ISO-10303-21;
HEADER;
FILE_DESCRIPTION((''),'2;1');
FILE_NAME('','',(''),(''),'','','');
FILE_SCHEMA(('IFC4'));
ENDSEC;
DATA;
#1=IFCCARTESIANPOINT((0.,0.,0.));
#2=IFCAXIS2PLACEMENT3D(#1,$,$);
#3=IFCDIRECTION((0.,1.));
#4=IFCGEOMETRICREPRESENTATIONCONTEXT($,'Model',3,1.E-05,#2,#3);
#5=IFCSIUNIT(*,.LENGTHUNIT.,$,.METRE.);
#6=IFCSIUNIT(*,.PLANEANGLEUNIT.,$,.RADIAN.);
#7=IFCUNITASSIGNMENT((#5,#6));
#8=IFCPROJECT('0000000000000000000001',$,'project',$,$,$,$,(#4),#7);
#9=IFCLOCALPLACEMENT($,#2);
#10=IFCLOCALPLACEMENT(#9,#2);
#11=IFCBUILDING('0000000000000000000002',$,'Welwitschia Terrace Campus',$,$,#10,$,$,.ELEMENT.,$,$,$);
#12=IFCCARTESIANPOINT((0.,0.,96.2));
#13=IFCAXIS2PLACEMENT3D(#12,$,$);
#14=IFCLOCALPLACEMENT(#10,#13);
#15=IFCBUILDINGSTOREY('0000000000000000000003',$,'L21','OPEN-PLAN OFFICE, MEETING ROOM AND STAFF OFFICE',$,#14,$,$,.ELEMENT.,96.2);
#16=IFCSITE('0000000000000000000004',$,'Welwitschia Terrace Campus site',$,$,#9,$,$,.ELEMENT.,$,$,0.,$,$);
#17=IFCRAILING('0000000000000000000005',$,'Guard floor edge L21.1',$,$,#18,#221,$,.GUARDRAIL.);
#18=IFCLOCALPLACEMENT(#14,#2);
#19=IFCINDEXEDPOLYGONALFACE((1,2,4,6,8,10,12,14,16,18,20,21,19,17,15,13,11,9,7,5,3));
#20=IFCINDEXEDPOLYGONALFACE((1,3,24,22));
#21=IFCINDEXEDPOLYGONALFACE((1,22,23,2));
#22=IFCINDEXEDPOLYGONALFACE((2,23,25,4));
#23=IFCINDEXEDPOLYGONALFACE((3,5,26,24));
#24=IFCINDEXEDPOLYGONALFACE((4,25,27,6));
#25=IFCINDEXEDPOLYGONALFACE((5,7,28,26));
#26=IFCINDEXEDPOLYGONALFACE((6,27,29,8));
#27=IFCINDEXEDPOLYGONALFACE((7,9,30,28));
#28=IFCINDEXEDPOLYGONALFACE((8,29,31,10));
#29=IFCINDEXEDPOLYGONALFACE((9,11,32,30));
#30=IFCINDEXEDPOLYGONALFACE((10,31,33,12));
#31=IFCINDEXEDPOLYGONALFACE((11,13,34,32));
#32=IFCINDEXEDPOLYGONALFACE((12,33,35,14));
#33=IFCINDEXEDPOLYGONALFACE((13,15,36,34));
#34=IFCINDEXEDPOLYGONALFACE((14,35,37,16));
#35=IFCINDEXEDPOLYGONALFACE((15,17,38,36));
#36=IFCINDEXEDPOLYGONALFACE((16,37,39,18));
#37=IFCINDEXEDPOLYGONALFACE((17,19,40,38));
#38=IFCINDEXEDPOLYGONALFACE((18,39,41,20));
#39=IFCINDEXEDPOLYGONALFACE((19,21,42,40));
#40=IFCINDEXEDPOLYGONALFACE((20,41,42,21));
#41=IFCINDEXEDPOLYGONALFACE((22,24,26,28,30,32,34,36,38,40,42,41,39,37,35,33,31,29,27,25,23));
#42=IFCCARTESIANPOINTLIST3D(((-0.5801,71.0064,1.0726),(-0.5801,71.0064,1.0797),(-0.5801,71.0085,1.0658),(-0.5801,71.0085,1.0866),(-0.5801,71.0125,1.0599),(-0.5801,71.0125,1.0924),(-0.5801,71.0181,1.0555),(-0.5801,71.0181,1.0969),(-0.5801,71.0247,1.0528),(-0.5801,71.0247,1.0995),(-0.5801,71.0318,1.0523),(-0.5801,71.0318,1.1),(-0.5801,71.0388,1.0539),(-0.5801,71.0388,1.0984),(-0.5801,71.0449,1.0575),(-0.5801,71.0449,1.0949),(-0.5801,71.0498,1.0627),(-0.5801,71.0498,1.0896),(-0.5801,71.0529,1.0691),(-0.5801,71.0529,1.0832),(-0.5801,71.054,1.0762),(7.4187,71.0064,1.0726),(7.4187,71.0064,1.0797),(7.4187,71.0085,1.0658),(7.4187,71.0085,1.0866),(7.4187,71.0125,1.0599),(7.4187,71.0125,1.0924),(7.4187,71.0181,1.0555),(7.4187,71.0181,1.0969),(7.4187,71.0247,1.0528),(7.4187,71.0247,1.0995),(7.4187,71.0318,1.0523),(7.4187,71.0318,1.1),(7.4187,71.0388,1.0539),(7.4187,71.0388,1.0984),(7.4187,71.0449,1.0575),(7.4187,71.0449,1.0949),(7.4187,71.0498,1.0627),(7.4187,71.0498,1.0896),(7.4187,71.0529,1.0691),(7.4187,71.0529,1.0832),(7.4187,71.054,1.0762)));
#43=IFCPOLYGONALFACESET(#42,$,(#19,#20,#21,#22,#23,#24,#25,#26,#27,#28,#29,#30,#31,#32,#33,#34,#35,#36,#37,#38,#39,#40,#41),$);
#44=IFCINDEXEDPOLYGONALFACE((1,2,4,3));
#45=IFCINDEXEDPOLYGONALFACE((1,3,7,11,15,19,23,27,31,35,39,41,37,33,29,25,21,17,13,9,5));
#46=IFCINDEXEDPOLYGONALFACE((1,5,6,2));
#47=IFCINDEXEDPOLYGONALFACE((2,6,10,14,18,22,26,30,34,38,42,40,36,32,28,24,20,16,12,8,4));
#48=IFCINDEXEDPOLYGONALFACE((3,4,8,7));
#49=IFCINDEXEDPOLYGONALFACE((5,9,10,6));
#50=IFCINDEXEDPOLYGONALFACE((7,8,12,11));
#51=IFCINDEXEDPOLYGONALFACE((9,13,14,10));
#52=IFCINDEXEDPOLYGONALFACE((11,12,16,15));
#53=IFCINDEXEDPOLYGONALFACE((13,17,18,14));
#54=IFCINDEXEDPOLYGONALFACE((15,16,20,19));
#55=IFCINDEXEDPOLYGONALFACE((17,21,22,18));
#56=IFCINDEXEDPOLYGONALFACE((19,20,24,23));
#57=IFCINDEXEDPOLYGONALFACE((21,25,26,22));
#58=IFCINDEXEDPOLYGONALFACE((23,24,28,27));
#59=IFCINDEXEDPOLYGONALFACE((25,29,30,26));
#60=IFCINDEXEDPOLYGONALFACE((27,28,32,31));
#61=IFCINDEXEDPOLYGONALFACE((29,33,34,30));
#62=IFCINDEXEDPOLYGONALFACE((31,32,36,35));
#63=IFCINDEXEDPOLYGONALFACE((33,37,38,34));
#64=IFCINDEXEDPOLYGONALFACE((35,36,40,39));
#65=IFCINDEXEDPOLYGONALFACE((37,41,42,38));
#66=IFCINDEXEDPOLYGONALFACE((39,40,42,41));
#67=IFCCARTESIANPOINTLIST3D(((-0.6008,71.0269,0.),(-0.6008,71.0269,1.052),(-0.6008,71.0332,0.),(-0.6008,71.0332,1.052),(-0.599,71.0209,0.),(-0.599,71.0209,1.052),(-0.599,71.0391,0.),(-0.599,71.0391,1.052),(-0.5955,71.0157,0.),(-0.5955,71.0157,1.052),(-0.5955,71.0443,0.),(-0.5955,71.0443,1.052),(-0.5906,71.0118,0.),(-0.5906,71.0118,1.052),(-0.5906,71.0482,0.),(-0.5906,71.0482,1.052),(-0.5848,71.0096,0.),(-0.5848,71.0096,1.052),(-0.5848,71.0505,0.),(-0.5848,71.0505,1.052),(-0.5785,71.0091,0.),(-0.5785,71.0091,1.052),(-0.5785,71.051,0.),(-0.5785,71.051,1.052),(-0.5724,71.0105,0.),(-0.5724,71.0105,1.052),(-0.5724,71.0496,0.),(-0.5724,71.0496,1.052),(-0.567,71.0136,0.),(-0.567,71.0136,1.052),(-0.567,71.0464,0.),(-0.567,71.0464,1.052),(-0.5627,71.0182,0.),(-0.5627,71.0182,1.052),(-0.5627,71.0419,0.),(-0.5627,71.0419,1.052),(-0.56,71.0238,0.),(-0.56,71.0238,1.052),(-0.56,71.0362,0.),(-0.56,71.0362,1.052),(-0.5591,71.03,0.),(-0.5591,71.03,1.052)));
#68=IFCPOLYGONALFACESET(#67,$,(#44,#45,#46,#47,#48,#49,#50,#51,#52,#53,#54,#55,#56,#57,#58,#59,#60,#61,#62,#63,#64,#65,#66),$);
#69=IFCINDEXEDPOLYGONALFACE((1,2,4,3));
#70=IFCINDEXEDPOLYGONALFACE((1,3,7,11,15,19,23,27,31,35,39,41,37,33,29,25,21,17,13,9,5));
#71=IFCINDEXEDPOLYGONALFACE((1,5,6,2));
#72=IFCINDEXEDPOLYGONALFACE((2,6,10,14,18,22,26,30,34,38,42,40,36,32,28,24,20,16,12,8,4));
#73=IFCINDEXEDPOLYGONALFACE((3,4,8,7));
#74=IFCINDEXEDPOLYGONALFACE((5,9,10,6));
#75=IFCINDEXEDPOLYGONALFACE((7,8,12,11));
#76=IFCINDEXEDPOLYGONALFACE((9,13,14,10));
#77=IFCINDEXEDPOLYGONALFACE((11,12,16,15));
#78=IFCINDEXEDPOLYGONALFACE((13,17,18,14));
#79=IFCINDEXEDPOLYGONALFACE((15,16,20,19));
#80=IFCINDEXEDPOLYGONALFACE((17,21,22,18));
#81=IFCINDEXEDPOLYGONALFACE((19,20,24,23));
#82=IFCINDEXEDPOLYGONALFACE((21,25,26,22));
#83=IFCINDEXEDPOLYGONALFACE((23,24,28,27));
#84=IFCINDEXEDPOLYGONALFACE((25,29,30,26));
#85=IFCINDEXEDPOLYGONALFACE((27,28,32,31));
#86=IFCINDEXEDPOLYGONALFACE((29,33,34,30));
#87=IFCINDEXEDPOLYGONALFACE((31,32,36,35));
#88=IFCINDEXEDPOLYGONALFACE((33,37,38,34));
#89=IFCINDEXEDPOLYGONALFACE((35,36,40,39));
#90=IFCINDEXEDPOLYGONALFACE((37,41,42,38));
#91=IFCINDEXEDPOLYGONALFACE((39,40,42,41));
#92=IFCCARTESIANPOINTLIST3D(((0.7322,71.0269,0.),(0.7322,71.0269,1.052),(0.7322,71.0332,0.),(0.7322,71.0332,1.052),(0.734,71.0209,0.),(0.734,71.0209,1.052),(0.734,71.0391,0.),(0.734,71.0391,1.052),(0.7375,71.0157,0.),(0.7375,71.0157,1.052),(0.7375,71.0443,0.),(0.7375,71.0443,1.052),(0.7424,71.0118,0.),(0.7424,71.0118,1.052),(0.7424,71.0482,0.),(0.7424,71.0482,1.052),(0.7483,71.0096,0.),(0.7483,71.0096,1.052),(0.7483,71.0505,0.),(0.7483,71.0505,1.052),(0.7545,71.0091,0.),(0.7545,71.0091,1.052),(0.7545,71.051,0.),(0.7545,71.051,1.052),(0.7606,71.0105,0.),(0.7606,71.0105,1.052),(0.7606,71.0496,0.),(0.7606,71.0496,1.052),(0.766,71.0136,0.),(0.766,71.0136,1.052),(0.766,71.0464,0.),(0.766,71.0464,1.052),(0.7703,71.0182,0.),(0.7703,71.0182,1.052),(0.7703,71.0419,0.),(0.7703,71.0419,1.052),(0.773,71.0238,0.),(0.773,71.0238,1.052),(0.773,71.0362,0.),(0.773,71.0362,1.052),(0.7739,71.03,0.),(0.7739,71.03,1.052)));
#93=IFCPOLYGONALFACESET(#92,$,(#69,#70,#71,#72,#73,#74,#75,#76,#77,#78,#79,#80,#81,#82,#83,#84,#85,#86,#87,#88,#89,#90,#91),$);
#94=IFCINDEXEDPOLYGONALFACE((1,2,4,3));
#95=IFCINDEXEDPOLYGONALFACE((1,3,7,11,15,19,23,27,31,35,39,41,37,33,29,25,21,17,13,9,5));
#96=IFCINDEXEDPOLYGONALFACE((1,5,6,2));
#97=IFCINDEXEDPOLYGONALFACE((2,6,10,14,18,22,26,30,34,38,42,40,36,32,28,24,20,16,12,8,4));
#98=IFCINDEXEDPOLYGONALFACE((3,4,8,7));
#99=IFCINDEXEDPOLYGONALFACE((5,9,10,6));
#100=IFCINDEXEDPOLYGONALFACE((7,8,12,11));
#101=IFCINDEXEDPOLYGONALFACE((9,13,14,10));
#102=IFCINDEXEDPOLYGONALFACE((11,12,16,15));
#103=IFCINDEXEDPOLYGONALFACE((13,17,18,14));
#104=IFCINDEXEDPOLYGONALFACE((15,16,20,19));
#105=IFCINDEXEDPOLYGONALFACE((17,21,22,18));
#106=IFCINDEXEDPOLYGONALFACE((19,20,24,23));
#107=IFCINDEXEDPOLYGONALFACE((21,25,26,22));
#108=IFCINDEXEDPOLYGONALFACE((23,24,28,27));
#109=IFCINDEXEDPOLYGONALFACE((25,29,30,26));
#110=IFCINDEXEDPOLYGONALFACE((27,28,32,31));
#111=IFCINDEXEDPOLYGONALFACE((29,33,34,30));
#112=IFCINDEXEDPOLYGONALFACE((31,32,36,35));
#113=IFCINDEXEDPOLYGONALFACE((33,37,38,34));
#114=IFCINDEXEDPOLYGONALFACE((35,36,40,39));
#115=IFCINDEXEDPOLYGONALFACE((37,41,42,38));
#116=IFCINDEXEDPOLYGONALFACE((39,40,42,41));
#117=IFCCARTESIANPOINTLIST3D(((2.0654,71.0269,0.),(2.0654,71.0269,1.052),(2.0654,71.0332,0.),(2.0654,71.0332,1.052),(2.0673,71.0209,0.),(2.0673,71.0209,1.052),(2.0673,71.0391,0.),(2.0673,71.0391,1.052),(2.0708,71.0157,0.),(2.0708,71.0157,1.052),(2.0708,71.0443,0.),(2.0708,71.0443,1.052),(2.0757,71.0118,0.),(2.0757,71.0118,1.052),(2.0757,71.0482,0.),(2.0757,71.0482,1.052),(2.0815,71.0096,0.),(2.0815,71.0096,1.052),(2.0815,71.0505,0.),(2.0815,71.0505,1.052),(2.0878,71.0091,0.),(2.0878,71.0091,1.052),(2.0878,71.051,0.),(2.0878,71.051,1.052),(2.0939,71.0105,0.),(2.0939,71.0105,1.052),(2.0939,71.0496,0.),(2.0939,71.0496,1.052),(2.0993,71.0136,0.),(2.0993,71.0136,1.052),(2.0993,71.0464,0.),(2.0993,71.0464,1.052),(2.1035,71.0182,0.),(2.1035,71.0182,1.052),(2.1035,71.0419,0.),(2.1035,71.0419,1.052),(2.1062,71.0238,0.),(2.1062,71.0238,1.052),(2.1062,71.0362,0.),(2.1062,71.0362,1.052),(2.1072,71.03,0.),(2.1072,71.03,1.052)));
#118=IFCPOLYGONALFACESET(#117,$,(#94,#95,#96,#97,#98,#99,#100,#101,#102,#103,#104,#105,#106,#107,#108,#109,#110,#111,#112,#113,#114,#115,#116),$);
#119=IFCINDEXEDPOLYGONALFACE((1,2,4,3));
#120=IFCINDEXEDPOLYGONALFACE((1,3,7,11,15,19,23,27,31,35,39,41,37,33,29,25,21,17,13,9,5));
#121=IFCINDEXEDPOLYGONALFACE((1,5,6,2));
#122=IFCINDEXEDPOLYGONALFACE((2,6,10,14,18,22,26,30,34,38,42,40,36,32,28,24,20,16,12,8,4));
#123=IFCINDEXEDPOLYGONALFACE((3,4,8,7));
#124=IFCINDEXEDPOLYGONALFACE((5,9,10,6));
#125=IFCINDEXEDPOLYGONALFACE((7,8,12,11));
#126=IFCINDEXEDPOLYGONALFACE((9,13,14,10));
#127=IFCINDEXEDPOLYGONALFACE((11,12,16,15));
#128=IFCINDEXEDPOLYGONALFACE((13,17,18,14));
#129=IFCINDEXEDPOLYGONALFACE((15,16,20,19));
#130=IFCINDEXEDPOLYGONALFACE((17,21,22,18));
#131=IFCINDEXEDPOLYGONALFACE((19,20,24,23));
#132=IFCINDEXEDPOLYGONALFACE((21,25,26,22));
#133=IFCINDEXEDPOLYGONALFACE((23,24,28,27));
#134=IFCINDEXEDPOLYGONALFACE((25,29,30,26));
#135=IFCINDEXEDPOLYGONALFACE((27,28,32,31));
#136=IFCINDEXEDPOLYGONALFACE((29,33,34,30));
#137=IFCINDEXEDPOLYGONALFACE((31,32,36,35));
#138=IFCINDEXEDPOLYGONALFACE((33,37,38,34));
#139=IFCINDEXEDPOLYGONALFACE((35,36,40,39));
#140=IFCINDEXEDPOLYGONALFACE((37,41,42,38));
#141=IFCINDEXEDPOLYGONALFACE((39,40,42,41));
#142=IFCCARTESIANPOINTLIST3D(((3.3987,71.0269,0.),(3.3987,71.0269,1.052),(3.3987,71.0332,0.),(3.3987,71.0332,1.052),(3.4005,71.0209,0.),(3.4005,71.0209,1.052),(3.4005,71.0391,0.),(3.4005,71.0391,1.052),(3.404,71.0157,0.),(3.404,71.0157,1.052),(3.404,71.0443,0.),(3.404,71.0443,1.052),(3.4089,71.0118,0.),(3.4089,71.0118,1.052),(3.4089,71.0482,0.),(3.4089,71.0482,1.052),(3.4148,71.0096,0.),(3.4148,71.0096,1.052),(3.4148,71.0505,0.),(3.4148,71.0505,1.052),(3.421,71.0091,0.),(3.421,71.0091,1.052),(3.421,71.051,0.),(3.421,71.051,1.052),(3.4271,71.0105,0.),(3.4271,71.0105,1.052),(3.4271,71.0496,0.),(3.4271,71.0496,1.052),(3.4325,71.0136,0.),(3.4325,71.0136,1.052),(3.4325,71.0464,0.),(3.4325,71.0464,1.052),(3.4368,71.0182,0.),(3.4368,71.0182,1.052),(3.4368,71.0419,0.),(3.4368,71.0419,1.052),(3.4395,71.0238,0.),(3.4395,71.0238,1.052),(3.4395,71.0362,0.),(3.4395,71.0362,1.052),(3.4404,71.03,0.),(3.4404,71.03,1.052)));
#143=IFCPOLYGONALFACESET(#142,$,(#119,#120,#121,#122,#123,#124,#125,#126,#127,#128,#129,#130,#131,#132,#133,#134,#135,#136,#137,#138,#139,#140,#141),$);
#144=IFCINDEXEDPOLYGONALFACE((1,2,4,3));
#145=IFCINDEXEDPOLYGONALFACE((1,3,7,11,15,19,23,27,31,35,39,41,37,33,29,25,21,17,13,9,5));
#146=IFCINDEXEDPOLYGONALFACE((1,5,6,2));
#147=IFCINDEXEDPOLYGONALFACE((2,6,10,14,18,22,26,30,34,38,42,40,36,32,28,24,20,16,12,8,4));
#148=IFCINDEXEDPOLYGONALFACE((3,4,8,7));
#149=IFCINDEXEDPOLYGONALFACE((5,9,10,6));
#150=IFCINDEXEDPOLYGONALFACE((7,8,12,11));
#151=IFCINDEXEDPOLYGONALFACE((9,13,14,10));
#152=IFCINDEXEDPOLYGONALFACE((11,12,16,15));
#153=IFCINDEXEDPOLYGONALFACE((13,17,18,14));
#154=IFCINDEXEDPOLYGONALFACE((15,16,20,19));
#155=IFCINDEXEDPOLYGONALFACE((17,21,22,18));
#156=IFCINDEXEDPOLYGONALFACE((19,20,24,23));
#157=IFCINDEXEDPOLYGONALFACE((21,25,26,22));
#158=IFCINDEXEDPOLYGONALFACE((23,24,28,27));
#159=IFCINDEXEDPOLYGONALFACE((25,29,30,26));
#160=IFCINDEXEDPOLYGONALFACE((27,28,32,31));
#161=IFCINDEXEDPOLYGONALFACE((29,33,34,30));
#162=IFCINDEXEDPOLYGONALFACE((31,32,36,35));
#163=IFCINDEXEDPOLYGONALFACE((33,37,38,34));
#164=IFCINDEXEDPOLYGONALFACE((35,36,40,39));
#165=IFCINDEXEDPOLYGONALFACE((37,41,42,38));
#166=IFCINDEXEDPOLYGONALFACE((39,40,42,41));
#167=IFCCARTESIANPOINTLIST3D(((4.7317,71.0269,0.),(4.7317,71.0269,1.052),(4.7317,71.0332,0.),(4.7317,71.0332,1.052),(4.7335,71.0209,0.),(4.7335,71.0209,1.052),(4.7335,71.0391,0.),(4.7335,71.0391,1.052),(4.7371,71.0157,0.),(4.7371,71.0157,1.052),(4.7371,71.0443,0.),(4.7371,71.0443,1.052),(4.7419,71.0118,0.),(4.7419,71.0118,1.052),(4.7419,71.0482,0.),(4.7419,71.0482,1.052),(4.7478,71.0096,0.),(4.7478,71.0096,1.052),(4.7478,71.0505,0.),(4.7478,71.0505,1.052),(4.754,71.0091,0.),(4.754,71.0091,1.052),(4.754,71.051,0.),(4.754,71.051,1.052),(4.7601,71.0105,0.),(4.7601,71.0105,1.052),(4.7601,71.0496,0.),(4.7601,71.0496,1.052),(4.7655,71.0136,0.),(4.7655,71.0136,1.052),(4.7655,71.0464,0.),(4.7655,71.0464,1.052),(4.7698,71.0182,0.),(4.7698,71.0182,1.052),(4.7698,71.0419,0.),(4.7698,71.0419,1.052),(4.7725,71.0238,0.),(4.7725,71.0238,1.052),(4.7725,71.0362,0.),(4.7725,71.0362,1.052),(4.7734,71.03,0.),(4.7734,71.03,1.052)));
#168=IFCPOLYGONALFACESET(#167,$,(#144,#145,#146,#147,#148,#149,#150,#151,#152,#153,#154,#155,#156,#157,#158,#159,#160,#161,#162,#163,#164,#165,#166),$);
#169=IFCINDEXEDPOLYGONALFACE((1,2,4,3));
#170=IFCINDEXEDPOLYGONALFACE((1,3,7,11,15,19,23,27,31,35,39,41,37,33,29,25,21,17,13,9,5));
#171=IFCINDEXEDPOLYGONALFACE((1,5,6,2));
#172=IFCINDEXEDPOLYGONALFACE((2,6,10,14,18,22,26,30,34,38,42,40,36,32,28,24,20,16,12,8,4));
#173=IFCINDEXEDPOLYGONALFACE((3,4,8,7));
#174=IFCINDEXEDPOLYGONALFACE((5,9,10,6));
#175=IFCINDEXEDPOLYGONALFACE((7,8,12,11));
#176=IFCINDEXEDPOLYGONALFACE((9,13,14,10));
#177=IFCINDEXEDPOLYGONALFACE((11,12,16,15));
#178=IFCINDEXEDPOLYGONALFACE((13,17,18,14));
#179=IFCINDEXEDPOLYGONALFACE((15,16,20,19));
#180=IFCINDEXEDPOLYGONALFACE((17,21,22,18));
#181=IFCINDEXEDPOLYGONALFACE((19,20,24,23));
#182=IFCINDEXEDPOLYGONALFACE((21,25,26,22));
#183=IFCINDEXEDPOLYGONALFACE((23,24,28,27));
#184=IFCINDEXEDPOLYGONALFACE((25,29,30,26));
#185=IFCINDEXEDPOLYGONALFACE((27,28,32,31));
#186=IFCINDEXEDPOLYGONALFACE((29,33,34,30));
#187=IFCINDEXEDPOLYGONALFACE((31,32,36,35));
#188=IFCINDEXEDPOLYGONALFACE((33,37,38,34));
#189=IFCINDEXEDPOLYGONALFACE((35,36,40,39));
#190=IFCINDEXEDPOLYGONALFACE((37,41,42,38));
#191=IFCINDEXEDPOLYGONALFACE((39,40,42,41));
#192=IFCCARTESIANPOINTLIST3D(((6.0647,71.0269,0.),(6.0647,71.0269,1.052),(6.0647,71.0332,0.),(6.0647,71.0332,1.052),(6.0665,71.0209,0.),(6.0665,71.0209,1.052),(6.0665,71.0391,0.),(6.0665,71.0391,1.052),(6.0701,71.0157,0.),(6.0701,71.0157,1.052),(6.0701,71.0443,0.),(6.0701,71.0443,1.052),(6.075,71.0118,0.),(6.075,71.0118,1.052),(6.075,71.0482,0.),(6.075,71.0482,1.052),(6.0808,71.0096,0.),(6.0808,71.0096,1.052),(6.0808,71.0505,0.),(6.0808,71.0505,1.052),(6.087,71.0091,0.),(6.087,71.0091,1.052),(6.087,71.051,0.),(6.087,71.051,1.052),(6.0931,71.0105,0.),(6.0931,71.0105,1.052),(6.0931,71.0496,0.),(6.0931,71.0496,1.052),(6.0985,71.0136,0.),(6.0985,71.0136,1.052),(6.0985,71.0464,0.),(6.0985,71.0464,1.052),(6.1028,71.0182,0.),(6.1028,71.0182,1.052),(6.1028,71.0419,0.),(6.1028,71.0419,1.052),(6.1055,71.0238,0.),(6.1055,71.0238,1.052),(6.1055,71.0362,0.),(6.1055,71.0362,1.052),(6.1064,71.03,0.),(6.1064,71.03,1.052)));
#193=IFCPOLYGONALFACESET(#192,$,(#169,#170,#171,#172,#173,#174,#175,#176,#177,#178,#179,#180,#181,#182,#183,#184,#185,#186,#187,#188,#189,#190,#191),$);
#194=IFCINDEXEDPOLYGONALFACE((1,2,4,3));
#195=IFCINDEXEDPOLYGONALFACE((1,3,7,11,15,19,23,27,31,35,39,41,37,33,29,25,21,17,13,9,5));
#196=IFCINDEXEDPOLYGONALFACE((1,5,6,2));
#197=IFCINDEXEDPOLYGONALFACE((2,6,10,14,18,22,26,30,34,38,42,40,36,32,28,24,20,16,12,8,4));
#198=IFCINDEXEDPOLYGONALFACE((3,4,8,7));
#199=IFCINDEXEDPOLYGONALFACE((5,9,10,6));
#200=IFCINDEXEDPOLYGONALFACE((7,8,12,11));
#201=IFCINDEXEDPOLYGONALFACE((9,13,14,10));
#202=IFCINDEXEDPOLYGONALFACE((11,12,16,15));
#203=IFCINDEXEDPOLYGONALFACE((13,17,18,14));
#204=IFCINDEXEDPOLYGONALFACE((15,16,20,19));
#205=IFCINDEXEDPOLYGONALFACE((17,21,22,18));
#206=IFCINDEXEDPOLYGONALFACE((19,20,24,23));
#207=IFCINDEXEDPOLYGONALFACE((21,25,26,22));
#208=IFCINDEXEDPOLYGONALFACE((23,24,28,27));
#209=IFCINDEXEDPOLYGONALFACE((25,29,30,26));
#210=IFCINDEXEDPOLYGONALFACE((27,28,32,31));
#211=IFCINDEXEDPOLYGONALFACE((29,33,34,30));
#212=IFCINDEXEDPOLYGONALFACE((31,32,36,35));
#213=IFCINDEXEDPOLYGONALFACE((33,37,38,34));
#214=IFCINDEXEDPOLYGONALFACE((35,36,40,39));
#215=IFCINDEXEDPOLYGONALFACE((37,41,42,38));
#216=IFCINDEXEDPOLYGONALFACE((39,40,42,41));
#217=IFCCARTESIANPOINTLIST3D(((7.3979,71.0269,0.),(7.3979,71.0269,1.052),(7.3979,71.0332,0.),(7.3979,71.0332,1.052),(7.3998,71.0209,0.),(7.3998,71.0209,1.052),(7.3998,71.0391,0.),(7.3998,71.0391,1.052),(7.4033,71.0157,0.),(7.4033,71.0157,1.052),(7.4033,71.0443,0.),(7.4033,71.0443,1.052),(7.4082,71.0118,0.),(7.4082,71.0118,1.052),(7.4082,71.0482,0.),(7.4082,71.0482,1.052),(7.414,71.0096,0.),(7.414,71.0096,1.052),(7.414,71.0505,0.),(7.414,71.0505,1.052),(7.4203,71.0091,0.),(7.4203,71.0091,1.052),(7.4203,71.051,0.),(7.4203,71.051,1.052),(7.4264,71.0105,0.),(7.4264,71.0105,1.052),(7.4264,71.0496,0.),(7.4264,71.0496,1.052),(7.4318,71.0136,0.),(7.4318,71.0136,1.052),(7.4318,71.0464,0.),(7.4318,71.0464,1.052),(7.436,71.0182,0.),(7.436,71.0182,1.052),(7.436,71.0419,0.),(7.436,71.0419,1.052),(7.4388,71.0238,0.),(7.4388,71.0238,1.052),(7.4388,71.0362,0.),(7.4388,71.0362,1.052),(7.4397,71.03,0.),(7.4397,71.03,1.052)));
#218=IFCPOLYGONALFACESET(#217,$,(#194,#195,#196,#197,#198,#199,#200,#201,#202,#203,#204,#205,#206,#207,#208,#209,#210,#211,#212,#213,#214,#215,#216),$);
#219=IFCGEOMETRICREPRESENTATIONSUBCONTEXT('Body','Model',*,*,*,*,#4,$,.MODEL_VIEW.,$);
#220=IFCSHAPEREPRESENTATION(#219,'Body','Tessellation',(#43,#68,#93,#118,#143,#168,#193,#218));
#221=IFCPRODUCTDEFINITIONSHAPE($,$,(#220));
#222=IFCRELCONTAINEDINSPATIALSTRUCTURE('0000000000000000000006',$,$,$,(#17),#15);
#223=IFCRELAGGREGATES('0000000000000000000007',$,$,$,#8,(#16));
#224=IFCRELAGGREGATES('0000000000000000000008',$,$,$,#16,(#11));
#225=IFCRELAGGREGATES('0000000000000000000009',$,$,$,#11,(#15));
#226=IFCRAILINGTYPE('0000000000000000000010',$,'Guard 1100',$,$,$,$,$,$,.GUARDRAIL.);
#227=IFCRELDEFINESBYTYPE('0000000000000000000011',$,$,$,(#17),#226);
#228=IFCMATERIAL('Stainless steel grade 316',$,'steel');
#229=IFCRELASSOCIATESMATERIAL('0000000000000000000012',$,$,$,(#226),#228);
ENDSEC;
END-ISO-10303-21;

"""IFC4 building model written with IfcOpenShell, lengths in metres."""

from ifc_helpers import new_model, si_unit, direction, frame, origin, origin_2d, place, context, subcontext, project, spatial, circle, extrude, material, type_object, element, save


model = new_model("IFC4")

# Units and contexts
model_context = context("Model", 3, precision=1e-05, world=origin(), true_north=direction((0.0, 1.0)))
body_context = subcontext(model_context, "Body", "Model", "MODEL_VIEW")
ifc_project = project(units=[si_unit("LENGTHUNIT", "METRE"), si_unit("PLANEANGLEUNIT", "RADIAN")], contexts=[model_context])

# Site, building, storey
site_placement = place(None, origin())
site = spatial("IfcSite", under=ifc_project, at=site_placement, Name="Welwitschia Terrace Campus site", CompositionType="ELEMENT", RefElevation=0.0)
building_placement = place(site_placement, origin())
building = spatial("IfcBuilding", under=site, at=building_placement, Name="Welwitschia Terrace Campus", CompositionType="ELEMENT")
storey_placement = place(building_placement, frame((0.0, 0.0, 96.2)))
storey = spatial("IfcBuildingStorey", under=building, at=storey_placement, Name="L21", Description="OPEN-PLAN OFFICE, MEETING ROOM AND STAFF OFFICE", CompositionType="ELEMENT", Elevation=96.2)

# Railing
ifc_material_1 = material(Name="Stainless steel grade 316", Category="steel")
railing_type = type_object("IfcRailingType", Name="Guard 1100", PredefinedType="GUARDRAIL", material=ifc_material_1)
railing_1_placement = place(storey_placement, frame((-0.5801, 71.03, 0.0)))
element("IfcRailing", 1, at=railing_1_placement, inside=storey, type_object=railing_type, Name="Guard floor edge L21.1", PredefinedType="GUARDRAIL", context=body_context, shape_type="SweptSolid", body=[
    extrude(circle(Radius=0.0239, at=origin_2d()), frame((0.0, 0.0, 1.0762), z_axis=(1.0, 0.0, 0.0), x_axis=(0.0, 1.0, 0.0)), (0.0, 0.0, 1.0), 7.9988),
    extrude(circle(Radius=0.021, at=origin_2d()), origin(), (0.0, 0.0, 1.0), 1.052),
    extrude(circle(Radius=0.021, at=origin_2d()), frame((1.333, 0.0, 0.0)), (0.0, 0.0, 1.0), 1.052),
    extrude(circle(Radius=0.021, at=origin_2d()), frame((2.6663, 0.0, 0.0)), (0.0, 0.0, 1.0), 1.052),
    extrude(circle(Radius=0.021, at=origin_2d()), frame((3.9995, 0.0, 0.0)), (0.0, 0.0, 1.0), 1.052),
    extrude(circle(Radius=0.021, at=origin_2d()), frame((5.3325, 0.0, 0.0)), (0.0, 0.0, 1.0), 1.052),
    extrude(circle(Radius=0.021, at=origin_2d()), frame((6.6655, 0.0, 0.0)), (0.0, 0.0, 1.0), 1.052),
    extrude(circle(Radius=0.021, at=origin_2d()), frame((7.9988, 0.0, 0.0)), (0.0, 0.0, 1.0), 1.052),
])

save(model, "model.ifc")
